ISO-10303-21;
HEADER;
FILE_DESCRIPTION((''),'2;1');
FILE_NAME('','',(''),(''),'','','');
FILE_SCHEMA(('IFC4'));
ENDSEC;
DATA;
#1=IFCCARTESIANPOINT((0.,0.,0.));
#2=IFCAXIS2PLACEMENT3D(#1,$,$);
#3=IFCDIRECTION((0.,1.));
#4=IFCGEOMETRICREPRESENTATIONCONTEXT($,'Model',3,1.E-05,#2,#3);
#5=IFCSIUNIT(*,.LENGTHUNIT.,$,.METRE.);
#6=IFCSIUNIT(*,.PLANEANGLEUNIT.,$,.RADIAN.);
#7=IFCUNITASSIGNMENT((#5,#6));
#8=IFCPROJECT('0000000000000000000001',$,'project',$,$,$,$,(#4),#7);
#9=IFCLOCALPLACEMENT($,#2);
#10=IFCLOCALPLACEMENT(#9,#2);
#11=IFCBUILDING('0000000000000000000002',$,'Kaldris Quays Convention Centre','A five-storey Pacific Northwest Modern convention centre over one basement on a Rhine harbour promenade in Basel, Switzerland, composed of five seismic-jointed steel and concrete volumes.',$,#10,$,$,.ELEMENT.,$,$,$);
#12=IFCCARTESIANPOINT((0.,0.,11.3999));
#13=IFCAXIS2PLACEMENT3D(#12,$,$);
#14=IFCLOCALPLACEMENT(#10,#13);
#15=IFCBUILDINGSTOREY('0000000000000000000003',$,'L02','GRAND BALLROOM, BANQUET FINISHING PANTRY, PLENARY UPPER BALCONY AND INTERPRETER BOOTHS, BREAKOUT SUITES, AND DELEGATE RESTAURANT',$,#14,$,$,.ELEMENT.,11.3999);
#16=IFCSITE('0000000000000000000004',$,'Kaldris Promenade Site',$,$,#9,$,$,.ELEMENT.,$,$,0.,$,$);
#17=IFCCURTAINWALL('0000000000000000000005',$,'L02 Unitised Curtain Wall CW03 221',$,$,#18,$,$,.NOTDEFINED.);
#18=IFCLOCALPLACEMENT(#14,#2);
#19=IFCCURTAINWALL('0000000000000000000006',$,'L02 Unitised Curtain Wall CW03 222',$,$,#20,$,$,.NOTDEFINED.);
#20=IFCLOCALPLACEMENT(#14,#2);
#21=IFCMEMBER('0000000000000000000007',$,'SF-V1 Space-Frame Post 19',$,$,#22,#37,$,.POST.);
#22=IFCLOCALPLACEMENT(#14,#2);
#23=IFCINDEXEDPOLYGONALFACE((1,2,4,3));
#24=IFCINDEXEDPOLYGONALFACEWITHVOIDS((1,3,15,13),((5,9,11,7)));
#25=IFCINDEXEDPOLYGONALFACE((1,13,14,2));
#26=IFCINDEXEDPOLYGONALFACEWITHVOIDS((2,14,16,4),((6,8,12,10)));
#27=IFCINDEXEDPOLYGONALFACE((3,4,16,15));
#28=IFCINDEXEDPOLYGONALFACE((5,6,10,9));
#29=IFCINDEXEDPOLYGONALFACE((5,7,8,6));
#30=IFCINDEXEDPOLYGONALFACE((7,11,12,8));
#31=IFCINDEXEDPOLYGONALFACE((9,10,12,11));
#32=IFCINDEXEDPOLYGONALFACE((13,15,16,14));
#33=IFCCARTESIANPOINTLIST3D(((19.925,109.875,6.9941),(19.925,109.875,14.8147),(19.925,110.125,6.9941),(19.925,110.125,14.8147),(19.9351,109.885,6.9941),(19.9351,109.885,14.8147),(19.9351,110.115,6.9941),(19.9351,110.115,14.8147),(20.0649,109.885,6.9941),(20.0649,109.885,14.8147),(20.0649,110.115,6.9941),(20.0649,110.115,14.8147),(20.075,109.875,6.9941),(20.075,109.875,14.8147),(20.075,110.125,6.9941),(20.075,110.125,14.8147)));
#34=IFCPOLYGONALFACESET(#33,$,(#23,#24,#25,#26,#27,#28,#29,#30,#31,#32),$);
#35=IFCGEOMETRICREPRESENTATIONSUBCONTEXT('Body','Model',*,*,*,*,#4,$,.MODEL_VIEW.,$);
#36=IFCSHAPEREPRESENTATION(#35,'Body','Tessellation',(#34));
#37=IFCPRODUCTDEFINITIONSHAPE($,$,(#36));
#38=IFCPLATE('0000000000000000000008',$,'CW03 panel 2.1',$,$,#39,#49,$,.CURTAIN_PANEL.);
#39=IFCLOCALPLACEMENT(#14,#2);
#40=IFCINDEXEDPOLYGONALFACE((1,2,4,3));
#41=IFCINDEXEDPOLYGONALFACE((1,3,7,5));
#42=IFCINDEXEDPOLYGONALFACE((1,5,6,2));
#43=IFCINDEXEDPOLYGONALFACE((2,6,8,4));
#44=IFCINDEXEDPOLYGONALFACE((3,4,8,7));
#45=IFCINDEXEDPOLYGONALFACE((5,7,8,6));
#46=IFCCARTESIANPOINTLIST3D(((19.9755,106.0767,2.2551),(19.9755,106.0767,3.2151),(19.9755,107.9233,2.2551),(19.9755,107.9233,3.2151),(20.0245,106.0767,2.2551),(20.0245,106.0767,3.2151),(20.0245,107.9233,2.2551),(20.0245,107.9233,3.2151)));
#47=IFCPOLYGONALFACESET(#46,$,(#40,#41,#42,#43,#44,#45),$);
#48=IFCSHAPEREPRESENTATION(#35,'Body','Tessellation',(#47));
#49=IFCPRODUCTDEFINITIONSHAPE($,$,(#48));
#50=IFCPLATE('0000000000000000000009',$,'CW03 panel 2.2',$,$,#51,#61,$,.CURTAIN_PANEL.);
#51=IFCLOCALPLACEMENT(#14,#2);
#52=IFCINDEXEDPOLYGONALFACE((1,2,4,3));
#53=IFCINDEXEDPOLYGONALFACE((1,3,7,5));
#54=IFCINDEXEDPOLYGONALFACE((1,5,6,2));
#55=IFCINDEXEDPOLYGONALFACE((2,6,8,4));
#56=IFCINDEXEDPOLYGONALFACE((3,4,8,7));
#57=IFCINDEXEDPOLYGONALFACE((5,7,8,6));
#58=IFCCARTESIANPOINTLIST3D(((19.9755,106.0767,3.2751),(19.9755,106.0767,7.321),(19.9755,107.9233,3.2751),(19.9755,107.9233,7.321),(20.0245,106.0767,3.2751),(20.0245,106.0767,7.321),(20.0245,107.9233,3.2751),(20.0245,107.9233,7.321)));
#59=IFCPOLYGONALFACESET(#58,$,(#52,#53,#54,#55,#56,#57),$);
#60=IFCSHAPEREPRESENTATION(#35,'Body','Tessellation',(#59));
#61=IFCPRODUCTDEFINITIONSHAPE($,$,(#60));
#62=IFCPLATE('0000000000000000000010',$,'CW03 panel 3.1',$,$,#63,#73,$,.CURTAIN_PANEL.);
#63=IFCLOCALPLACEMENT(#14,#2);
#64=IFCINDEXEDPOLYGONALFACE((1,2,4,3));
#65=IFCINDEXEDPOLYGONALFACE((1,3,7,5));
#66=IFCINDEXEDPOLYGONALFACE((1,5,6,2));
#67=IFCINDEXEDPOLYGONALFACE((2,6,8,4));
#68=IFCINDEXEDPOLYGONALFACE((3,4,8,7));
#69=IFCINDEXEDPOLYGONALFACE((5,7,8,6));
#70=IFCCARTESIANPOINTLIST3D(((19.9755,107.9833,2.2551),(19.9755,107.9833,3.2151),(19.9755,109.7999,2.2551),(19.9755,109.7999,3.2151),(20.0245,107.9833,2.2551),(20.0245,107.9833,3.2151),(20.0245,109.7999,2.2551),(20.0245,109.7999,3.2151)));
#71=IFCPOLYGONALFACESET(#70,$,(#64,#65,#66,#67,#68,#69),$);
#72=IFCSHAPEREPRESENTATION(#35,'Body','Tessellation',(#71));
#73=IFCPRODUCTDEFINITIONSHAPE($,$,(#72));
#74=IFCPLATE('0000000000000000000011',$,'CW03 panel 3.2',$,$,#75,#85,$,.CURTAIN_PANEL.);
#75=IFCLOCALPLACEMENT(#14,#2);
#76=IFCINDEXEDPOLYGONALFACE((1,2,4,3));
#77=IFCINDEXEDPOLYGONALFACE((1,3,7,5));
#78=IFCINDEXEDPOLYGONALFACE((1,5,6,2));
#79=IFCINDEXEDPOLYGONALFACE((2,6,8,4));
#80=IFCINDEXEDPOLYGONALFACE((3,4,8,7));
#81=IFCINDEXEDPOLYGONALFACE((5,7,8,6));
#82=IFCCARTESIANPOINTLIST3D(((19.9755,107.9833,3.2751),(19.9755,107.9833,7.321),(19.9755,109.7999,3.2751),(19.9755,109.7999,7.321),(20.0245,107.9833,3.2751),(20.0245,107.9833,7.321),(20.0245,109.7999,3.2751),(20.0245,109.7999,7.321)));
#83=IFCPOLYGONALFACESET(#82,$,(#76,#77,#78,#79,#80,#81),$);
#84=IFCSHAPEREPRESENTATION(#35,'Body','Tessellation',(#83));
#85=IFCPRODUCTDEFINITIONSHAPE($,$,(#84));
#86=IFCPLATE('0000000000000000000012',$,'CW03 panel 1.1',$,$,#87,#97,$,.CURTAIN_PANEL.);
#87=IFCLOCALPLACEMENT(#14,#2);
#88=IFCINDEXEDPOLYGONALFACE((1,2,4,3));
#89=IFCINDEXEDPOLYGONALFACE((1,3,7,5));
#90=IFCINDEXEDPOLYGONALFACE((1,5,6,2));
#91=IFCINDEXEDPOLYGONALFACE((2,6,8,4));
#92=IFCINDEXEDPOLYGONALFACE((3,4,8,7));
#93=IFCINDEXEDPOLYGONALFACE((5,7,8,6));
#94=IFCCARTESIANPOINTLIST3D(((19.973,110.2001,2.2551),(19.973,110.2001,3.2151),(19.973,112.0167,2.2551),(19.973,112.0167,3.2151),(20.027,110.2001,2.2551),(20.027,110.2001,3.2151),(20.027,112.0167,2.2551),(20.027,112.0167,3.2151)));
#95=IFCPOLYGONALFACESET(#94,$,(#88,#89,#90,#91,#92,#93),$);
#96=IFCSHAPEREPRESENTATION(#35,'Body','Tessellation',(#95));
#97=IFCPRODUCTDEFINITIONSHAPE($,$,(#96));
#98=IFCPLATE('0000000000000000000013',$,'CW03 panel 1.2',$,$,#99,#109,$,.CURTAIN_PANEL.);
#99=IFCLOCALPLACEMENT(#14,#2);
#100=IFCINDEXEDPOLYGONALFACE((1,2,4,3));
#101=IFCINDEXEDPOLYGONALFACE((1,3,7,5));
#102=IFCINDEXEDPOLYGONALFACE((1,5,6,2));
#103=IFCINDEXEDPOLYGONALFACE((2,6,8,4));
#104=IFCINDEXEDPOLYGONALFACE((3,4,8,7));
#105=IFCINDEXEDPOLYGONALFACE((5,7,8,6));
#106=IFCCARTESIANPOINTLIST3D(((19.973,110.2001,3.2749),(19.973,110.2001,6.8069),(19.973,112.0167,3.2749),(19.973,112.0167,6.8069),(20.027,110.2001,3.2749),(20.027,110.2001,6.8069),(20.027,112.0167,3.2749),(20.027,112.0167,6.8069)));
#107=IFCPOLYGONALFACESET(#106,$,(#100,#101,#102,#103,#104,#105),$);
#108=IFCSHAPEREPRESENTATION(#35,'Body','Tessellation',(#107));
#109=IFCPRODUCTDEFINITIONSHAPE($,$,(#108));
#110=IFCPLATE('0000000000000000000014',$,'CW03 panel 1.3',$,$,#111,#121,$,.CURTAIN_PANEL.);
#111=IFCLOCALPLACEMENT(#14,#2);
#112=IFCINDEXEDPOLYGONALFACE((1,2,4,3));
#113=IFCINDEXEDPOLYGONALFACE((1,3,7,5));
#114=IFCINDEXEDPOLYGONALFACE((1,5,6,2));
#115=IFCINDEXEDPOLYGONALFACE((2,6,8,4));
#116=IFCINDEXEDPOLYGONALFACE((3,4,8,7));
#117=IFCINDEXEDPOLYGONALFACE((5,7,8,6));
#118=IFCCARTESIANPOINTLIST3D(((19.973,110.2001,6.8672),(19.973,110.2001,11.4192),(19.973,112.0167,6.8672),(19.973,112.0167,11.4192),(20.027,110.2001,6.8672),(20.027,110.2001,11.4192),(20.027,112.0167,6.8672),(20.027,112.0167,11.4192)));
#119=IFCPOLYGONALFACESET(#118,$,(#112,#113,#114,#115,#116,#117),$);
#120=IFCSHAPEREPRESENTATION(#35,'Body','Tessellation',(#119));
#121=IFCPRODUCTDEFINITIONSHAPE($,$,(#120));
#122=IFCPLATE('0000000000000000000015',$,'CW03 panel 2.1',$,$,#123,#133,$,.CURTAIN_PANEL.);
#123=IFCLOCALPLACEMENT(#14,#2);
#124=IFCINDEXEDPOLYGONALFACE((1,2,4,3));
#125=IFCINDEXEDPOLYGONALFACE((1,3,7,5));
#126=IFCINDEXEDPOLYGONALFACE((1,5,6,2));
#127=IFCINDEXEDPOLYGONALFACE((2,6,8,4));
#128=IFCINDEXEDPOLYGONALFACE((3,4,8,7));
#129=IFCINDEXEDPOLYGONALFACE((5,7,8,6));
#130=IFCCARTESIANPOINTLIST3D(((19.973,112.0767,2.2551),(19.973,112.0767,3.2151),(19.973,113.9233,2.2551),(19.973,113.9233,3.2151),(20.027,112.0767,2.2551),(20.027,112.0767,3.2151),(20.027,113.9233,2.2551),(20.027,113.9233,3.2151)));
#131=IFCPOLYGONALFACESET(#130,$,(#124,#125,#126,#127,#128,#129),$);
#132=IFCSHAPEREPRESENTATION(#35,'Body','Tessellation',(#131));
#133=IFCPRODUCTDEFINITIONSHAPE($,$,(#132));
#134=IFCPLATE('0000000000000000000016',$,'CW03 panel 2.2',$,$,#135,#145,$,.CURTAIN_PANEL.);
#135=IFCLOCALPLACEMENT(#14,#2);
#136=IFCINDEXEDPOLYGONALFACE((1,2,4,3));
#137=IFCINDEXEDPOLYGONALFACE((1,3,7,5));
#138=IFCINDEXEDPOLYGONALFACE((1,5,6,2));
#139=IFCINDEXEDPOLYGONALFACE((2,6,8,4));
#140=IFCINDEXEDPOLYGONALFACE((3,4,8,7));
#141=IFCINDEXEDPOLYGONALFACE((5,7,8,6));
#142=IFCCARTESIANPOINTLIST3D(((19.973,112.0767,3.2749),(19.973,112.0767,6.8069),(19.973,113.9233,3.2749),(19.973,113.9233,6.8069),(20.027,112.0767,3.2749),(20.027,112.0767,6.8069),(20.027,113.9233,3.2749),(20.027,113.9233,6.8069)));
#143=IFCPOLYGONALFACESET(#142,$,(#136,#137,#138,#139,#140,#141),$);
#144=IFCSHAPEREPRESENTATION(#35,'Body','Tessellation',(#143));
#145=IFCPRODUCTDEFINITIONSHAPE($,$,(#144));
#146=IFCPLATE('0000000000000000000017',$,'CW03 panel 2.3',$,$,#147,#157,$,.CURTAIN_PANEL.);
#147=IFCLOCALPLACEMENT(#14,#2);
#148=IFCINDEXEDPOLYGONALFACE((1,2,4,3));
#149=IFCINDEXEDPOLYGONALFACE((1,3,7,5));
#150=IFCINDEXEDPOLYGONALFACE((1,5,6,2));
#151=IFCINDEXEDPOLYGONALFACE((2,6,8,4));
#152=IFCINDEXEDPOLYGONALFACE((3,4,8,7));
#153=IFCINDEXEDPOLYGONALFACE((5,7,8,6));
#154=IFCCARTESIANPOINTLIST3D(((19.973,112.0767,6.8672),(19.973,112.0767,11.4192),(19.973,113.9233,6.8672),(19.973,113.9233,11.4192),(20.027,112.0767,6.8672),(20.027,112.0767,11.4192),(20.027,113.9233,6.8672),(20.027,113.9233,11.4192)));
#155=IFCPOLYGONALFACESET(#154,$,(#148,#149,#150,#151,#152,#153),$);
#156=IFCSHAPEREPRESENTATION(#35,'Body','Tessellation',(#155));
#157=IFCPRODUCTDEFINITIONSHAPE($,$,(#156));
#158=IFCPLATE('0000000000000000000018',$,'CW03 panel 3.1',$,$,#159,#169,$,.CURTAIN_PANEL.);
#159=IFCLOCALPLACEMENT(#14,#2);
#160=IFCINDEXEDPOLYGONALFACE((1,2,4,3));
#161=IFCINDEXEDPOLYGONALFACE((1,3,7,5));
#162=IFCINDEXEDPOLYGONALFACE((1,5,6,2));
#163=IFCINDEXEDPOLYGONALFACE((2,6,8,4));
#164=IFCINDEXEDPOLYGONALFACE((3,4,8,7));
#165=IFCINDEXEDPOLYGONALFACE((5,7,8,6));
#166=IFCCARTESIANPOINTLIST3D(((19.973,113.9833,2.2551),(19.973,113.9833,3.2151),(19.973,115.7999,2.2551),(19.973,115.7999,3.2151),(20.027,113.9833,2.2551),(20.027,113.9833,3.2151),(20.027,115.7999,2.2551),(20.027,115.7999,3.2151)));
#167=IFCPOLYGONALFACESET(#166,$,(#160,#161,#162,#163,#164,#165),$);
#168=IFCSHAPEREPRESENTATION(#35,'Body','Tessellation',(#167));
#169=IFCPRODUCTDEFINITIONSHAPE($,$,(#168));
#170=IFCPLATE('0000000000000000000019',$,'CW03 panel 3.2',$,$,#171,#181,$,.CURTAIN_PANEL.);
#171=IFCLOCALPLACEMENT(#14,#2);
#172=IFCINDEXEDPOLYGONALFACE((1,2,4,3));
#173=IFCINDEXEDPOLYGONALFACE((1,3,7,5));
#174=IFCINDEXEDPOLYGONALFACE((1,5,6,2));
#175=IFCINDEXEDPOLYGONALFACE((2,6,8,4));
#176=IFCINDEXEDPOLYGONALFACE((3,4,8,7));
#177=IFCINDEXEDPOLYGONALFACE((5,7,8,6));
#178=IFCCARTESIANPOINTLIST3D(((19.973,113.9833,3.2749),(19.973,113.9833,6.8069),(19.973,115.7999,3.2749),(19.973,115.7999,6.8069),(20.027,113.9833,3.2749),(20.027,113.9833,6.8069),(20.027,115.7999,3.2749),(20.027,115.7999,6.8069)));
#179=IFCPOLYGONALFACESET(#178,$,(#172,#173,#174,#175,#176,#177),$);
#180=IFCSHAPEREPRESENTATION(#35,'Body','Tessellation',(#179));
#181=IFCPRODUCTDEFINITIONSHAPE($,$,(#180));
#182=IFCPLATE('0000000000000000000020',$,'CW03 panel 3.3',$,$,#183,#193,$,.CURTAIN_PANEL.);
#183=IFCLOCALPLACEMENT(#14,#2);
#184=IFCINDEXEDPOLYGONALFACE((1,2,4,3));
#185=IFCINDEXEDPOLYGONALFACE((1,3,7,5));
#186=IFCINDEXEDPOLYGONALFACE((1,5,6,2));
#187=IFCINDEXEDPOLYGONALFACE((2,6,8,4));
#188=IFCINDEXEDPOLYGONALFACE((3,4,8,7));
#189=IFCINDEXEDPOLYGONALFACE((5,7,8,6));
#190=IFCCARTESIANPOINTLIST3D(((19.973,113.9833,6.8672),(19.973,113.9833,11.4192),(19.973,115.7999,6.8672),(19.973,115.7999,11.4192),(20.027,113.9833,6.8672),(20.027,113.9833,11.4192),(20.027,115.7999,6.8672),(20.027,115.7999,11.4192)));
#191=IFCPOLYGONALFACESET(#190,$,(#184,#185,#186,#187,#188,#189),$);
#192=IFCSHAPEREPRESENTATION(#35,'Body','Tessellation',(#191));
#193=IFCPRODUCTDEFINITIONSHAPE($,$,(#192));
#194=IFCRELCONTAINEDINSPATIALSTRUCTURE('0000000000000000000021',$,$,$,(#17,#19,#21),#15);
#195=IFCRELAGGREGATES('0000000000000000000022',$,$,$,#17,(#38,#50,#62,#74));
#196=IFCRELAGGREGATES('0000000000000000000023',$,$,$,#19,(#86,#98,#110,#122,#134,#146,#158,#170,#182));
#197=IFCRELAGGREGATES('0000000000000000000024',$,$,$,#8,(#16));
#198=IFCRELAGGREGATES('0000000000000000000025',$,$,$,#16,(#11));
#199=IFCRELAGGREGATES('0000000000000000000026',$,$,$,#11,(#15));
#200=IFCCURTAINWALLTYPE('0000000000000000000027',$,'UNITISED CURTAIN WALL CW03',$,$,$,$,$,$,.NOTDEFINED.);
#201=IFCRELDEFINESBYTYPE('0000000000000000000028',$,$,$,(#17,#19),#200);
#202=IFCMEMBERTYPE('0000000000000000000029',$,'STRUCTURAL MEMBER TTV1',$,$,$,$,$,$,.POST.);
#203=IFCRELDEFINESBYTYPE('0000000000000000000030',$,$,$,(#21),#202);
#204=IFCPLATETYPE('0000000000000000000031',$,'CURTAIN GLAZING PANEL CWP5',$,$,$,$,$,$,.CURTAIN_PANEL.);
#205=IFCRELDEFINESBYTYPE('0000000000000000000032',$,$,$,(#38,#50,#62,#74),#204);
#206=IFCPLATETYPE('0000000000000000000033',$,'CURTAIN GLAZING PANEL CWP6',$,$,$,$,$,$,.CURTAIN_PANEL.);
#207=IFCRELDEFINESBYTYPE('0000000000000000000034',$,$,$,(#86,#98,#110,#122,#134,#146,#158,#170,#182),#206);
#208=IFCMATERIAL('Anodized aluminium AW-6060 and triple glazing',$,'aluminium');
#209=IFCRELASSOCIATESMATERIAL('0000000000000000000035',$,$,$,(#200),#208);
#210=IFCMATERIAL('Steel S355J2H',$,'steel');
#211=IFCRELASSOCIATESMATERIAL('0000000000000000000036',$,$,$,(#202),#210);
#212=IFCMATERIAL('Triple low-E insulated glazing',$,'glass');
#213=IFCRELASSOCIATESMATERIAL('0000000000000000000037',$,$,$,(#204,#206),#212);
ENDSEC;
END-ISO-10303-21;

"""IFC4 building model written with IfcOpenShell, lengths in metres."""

from ifc_helpers import new_model, si_unit, direction, frame, origin, origin_2d, place, context, subcontext, project, spatial, rectangle, hollow_rectangle, extrude, material, material_profile, profile_set, type_object, element, aggregate, save


model = new_model("IFC4")

# Units and contexts
model_context = context("Model", 3, precision=1e-05, world=origin(), true_north=direction((0.0, 1.0)))
body_context = subcontext(model_context, "Body", "Model", "MODEL_VIEW")
ifc_project = project(units=[si_unit("LENGTHUNIT", "METRE"), si_unit("PLANEANGLEUNIT", "RADIAN")], contexts=[model_context])

# Site, building, storey
site_placement = place(None, origin())
site = spatial("IfcSite", under=ifc_project, at=site_placement, Name="Kaldris Promenade Site", CompositionType="ELEMENT", RefElevation=0.0)
building_placement = place(site_placement, origin())
building = spatial("IfcBuilding", under=site, at=building_placement, Name="Kaldris Quays Convention Centre", Description="A five-storey Pacific Northwest Modern convention centre over one basement on a Rhine harbour promenade in Basel, Switzerland, composed of five seismic-jointed steel and concrete volumes.", CompositionType="ELEMENT")
storey_placement = place(building_placement, frame((0.0, 0.0, 11.3999)))
storey = spatial("IfcBuildingStorey", under=building, at=storey_placement, Name="L02", Description="GRAND BALLROOM, BANQUET FINISHING PANTRY, PLENARY UPPER BALCONY AND INTERPRETER BOOTHS, BREAKOUT SUITES, AND DELEGATE RESTAURANT", CompositionType="ELEMENT", Elevation=11.3999)

# Curtain walls
ifc_material_1 = material(Name="Anodized aluminium AW-6060 and triple glazing", Category="aluminium")
curtain_wall_type = type_object("IfcCurtainWallType", Name="UNITISED CURTAIN WALL CW03", PredefinedType="NOTDEFINED", material=ifc_material_1)
curtain_wall_1_placement = place(storey_placement, origin())
curtain_wall_1 = element("IfcCurtainWall", 1, at=curtain_wall_1_placement, inside=storey, type_object=curtain_wall_type, Name="L02 Unitised Curtain Wall CW03 221", PredefinedType="NOTDEFINED")
curtain_wall_2_placement = place(storey_placement, origin())
curtain_wall_2 = element("IfcCurtainWall", 2, at=curtain_wall_2_placement, inside=storey, type_object=curtain_wall_type, Name="L02 Unitised Curtain Wall CW03 222", PredefinedType="NOTDEFINED")

# Member
ifc_material_2 = material(Name="Steel S355J2H", Category="steel")
ifc_material_profile_1 = material_profile(ifc_material_2, hollow_rectangle(XDim=0.1499, YDim=0.25, WallThickness=0.01, at=origin_2d()), Name="RHS 250x150x10")
ifc_profile_set_1 = profile_set([ifc_material_profile_1], Name="Steel S355J2H")
member_type_1 = type_object("IfcMemberType", Name="STRUCTURAL MEMBER TTV1", PredefinedType="POST", material=ifc_profile_set_1)
member_1_placement = place(storey_placement, frame((20.0, 110.0, 6.9941), z_axis=(0.0, 0.0, 1.0), x_axis=(1.0, 0.0, 0.0)))
element("IfcMember", 3, at=member_1_placement, inside=storey, type_object=member_type_1, Name="SF-V1 Space-Frame Post 19", PredefinedType="POST", context=body_context, shape_type="SweptSolid", body=[
    extrude(hollow_rectangle(XDim=0.1499, YDim=0.25, WallThickness=0.01, at=origin_2d()), origin(), (0.0, 0.0, 1.0), 7.8206),
])

# Plates
ifc_material_3 = material(Name="Triple low-E insulated glazing", Category="glass")
plate_type_1 = type_object("IfcPlateType", Name="CURTAIN GLAZING PANEL CWP5", PredefinedType="CURTAIN_PANEL", material=ifc_material_3)
plate_1_placement = place(storey_placement, frame((20.0, 107.0, 2.2551), z_axis=(0.0, 0.0, 1.0), x_axis=(0.0, 1.0, 0.0)))
plate_1 = element("IfcPlate", 4, at=plate_1_placement, type_object=plate_type_1, Name="CW03 panel 2.1", PredefinedType="CURTAIN_PANEL", context=body_context, shape_type="SweptSolid", body=[
    extrude(rectangle(XDim=1.8467, YDim=0.0491, at=origin_2d()), origin(), (0.0, 0.0, 1.0), 0.96),
])
plate_2_placement = place(storey_placement, frame((20.0, 107.0, 3.2751), z_axis=(0.0, 0.0, 1.0), x_axis=(0.0, 1.0, 0.0)))
plate_2 = element("IfcPlate", 5, at=plate_2_placement, type_object=plate_type_1, Name="CW03 panel 2.2", PredefinedType="CURTAIN_PANEL", context=body_context, shape_type="SweptSolid", body=[
    extrude(rectangle(XDim=1.8467, YDim=0.0491, at=origin_2d()), origin(), (0.0, 0.0, 1.0), 4.0459),
])
plate_3_placement = place(storey_placement, frame((20.0, 108.8916, 2.2551), z_axis=(0.0, 0.0, 1.0), x_axis=(0.0, 1.0, 0.0)))
plate_3 = element("IfcPlate", 6, at=plate_3_placement, type_object=plate_type_1, Name="CW03 panel 3.1", PredefinedType="CURTAIN_PANEL", context=body_context, shape_type="SweptSolid", body=[
    extrude(rectangle(XDim=1.8167, YDim=0.0491, at=origin_2d()), origin(), (0.0, 0.0, 1.0), 0.96),
])
plate_4_placement = place(storey_placement, frame((20.0, 108.8916, 3.2751), z_axis=(0.0, 0.0, 1.0), x_axis=(0.0, 1.0, 0.0)))
plate_4 = element("IfcPlate", 7, at=plate_4_placement, type_object=plate_type_1, Name="CW03 panel 3.2", PredefinedType="CURTAIN_PANEL", context=body_context, shape_type="SweptSolid", body=[
    extrude(rectangle(XDim=1.8167, YDim=0.0491, at=origin_2d()), origin(), (0.0, 0.0, 1.0), 4.0459),
])
aggregate(curtain_wall_1, [plate_1, plate_2, plate_3, plate_4])
plate_type_2 = type_object("IfcPlateType", Name="CURTAIN GLAZING PANEL CWP6", PredefinedType="CURTAIN_PANEL", material=ifc_material_3)
plate_5_placement = place(storey_placement, frame((20.0, 111.1084, 2.2551), z_axis=(0.0, 0.0, 1.0), x_axis=(0.0, 1.0, 0.0)))
plate_5 = element("IfcPlate", 8, at=plate_5_placement, type_object=plate_type_2, Name="CW03 panel 1.1", PredefinedType="CURTAIN_PANEL", context=body_context, shape_type="SweptSolid", body=[
    extrude(rectangle(XDim=1.8167, YDim=0.054, at=origin_2d()), origin(), (0.0, 0.0, 1.0), 0.96),
])
plate_6_placement = place(storey_placement, frame((20.0, 111.1084, 3.2749), z_axis=(0.0, 0.0, 1.0), x_axis=(0.0, 1.0, 0.0)))
plate_6 = element("IfcPlate", 9, at=plate_6_placement, type_object=plate_type_2, Name="CW03 panel 1.2", PredefinedType="CURTAIN_PANEL", context=body_context, shape_type="SweptSolid", body=[
    extrude(rectangle(XDim=1.8167, YDim=0.054, at=origin_2d()), origin(), (0.0, 0.0, 1.0), 3.532),
])
plate_7_placement = place(storey_placement, frame((20.0, 111.1084, 6.8672), z_axis=(0.0, 0.0, 1.0), x_axis=(0.0, 1.0, 0.0)))
plate_7 = element("IfcPlate", 10, at=plate_7_placement, type_object=plate_type_2, Name="CW03 panel 1.3", PredefinedType="CURTAIN_PANEL", context=body_context, shape_type="SweptSolid", body=[
    extrude(rectangle(XDim=1.8167, YDim=0.054, at=origin_2d()), origin(), (0.0, 0.0, 1.0), 4.552),
])
plate_8_placement = place(storey_placement, frame((20.0, 113.0, 2.2551), z_axis=(0.0, 0.0, 1.0), x_axis=(0.0, 1.0, 0.0)))
plate_8 = element("IfcPlate", 11, at=plate_8_placement, type_object=plate_type_2, Name="CW03 panel 2.1", PredefinedType="CURTAIN_PANEL", context=body_context, shape_type="SweptSolid", body=[
    extrude(rectangle(XDim=1.8467, YDim=0.054, at=origin_2d()), origin(), (0.0, 0.0, 1.0), 0.96),
])
plate_9_placement = place(storey_placement, frame((20.0, 113.0, 3.2749), z_axis=(0.0, 0.0, 1.0), x_axis=(0.0, 1.0, 0.0)))
plate_9 = element("IfcPlate", 12, at=plate_9_placement, type_object=plate_type_2, Name="CW03 panel 2.2", PredefinedType="CURTAIN_PANEL", context=body_context, shape_type="SweptSolid", body=[
    extrude(rectangle(XDim=1.8467, YDim=0.054, at=origin_2d()), origin(), (0.0, 0.0, 1.0), 3.532),
])
plate_10_placement = place(storey_placement, frame((20.0, 113.0, 6.8672), z_axis=(0.0, 0.0, 1.0), x_axis=(0.0, 1.0, 0.0)))
plate_10 = element("IfcPlate", 13, at=plate_10_placement, type_object=plate_type_2, Name="CW03 panel 2.3", PredefinedType="CURTAIN_PANEL", context=body_context, shape_type="SweptSolid", body=[
    extrude(rectangle(XDim=1.8467, YDim=0.054, at=origin_2d()), origin(), (0.0, 0.0, 1.0), 4.552),
])
plate_11_placement = place(storey_placement, frame((20.0, 114.8916, 2.2551), z_axis=(0.0, 0.0, 1.0), x_axis=(0.0, 1.0, 0.0)))
plate_11 = element("IfcPlate", 14, at=plate_11_placement, type_object=plate_type_2, Name="CW03 panel 3.1", PredefinedType="CURTAIN_PANEL", context=body_context, shape_type="SweptSolid", body=[
    extrude(rectangle(XDim=1.8167, YDim=0.054, at=origin_2d()), origin(), (0.0, 0.0, 1.0), 0.96),
])
plate_12_placement = place(storey_placement, frame((20.0, 114.8916, 3.2749), z_axis=(0.0, 0.0, 1.0), x_axis=(0.0, 1.0, 0.0)))
plate_12 = element("IfcPlate", 15, at=plate_12_placement, type_object=plate_type_2, Name="CW03 panel 3.2", PredefinedType="CURTAIN_PANEL", context=body_context, shape_type="SweptSolid", body=[
    extrude(rectangle(XDim=1.8167, YDim=0.054, at=origin_2d()), origin(), (0.0, 0.0, 1.0), 3.532),
])
plate_13_placement = place(storey_placement, frame((20.0, 114.8916, 6.8672), z_axis=(0.0, 0.0, 1.0), x_axis=(0.0, 1.0, 0.0)))
plate_13 = element("IfcPlate", 16, at=plate_13_placement, type_object=plate_type_2, Name="CW03 panel 3.3", PredefinedType="CURTAIN_PANEL", context=body_context, shape_type="SweptSolid", body=[
    extrude(rectangle(XDim=1.8167, YDim=0.054, at=origin_2d()), origin(), (0.0, 0.0, 1.0), 4.552),
])
aggregate(curtain_wall_2, [plate_5, plate_6, plate_7, plate_8, plate_9, plate_10, plate_11, plate_12, plate_13])

save(model, "model.ifc")
